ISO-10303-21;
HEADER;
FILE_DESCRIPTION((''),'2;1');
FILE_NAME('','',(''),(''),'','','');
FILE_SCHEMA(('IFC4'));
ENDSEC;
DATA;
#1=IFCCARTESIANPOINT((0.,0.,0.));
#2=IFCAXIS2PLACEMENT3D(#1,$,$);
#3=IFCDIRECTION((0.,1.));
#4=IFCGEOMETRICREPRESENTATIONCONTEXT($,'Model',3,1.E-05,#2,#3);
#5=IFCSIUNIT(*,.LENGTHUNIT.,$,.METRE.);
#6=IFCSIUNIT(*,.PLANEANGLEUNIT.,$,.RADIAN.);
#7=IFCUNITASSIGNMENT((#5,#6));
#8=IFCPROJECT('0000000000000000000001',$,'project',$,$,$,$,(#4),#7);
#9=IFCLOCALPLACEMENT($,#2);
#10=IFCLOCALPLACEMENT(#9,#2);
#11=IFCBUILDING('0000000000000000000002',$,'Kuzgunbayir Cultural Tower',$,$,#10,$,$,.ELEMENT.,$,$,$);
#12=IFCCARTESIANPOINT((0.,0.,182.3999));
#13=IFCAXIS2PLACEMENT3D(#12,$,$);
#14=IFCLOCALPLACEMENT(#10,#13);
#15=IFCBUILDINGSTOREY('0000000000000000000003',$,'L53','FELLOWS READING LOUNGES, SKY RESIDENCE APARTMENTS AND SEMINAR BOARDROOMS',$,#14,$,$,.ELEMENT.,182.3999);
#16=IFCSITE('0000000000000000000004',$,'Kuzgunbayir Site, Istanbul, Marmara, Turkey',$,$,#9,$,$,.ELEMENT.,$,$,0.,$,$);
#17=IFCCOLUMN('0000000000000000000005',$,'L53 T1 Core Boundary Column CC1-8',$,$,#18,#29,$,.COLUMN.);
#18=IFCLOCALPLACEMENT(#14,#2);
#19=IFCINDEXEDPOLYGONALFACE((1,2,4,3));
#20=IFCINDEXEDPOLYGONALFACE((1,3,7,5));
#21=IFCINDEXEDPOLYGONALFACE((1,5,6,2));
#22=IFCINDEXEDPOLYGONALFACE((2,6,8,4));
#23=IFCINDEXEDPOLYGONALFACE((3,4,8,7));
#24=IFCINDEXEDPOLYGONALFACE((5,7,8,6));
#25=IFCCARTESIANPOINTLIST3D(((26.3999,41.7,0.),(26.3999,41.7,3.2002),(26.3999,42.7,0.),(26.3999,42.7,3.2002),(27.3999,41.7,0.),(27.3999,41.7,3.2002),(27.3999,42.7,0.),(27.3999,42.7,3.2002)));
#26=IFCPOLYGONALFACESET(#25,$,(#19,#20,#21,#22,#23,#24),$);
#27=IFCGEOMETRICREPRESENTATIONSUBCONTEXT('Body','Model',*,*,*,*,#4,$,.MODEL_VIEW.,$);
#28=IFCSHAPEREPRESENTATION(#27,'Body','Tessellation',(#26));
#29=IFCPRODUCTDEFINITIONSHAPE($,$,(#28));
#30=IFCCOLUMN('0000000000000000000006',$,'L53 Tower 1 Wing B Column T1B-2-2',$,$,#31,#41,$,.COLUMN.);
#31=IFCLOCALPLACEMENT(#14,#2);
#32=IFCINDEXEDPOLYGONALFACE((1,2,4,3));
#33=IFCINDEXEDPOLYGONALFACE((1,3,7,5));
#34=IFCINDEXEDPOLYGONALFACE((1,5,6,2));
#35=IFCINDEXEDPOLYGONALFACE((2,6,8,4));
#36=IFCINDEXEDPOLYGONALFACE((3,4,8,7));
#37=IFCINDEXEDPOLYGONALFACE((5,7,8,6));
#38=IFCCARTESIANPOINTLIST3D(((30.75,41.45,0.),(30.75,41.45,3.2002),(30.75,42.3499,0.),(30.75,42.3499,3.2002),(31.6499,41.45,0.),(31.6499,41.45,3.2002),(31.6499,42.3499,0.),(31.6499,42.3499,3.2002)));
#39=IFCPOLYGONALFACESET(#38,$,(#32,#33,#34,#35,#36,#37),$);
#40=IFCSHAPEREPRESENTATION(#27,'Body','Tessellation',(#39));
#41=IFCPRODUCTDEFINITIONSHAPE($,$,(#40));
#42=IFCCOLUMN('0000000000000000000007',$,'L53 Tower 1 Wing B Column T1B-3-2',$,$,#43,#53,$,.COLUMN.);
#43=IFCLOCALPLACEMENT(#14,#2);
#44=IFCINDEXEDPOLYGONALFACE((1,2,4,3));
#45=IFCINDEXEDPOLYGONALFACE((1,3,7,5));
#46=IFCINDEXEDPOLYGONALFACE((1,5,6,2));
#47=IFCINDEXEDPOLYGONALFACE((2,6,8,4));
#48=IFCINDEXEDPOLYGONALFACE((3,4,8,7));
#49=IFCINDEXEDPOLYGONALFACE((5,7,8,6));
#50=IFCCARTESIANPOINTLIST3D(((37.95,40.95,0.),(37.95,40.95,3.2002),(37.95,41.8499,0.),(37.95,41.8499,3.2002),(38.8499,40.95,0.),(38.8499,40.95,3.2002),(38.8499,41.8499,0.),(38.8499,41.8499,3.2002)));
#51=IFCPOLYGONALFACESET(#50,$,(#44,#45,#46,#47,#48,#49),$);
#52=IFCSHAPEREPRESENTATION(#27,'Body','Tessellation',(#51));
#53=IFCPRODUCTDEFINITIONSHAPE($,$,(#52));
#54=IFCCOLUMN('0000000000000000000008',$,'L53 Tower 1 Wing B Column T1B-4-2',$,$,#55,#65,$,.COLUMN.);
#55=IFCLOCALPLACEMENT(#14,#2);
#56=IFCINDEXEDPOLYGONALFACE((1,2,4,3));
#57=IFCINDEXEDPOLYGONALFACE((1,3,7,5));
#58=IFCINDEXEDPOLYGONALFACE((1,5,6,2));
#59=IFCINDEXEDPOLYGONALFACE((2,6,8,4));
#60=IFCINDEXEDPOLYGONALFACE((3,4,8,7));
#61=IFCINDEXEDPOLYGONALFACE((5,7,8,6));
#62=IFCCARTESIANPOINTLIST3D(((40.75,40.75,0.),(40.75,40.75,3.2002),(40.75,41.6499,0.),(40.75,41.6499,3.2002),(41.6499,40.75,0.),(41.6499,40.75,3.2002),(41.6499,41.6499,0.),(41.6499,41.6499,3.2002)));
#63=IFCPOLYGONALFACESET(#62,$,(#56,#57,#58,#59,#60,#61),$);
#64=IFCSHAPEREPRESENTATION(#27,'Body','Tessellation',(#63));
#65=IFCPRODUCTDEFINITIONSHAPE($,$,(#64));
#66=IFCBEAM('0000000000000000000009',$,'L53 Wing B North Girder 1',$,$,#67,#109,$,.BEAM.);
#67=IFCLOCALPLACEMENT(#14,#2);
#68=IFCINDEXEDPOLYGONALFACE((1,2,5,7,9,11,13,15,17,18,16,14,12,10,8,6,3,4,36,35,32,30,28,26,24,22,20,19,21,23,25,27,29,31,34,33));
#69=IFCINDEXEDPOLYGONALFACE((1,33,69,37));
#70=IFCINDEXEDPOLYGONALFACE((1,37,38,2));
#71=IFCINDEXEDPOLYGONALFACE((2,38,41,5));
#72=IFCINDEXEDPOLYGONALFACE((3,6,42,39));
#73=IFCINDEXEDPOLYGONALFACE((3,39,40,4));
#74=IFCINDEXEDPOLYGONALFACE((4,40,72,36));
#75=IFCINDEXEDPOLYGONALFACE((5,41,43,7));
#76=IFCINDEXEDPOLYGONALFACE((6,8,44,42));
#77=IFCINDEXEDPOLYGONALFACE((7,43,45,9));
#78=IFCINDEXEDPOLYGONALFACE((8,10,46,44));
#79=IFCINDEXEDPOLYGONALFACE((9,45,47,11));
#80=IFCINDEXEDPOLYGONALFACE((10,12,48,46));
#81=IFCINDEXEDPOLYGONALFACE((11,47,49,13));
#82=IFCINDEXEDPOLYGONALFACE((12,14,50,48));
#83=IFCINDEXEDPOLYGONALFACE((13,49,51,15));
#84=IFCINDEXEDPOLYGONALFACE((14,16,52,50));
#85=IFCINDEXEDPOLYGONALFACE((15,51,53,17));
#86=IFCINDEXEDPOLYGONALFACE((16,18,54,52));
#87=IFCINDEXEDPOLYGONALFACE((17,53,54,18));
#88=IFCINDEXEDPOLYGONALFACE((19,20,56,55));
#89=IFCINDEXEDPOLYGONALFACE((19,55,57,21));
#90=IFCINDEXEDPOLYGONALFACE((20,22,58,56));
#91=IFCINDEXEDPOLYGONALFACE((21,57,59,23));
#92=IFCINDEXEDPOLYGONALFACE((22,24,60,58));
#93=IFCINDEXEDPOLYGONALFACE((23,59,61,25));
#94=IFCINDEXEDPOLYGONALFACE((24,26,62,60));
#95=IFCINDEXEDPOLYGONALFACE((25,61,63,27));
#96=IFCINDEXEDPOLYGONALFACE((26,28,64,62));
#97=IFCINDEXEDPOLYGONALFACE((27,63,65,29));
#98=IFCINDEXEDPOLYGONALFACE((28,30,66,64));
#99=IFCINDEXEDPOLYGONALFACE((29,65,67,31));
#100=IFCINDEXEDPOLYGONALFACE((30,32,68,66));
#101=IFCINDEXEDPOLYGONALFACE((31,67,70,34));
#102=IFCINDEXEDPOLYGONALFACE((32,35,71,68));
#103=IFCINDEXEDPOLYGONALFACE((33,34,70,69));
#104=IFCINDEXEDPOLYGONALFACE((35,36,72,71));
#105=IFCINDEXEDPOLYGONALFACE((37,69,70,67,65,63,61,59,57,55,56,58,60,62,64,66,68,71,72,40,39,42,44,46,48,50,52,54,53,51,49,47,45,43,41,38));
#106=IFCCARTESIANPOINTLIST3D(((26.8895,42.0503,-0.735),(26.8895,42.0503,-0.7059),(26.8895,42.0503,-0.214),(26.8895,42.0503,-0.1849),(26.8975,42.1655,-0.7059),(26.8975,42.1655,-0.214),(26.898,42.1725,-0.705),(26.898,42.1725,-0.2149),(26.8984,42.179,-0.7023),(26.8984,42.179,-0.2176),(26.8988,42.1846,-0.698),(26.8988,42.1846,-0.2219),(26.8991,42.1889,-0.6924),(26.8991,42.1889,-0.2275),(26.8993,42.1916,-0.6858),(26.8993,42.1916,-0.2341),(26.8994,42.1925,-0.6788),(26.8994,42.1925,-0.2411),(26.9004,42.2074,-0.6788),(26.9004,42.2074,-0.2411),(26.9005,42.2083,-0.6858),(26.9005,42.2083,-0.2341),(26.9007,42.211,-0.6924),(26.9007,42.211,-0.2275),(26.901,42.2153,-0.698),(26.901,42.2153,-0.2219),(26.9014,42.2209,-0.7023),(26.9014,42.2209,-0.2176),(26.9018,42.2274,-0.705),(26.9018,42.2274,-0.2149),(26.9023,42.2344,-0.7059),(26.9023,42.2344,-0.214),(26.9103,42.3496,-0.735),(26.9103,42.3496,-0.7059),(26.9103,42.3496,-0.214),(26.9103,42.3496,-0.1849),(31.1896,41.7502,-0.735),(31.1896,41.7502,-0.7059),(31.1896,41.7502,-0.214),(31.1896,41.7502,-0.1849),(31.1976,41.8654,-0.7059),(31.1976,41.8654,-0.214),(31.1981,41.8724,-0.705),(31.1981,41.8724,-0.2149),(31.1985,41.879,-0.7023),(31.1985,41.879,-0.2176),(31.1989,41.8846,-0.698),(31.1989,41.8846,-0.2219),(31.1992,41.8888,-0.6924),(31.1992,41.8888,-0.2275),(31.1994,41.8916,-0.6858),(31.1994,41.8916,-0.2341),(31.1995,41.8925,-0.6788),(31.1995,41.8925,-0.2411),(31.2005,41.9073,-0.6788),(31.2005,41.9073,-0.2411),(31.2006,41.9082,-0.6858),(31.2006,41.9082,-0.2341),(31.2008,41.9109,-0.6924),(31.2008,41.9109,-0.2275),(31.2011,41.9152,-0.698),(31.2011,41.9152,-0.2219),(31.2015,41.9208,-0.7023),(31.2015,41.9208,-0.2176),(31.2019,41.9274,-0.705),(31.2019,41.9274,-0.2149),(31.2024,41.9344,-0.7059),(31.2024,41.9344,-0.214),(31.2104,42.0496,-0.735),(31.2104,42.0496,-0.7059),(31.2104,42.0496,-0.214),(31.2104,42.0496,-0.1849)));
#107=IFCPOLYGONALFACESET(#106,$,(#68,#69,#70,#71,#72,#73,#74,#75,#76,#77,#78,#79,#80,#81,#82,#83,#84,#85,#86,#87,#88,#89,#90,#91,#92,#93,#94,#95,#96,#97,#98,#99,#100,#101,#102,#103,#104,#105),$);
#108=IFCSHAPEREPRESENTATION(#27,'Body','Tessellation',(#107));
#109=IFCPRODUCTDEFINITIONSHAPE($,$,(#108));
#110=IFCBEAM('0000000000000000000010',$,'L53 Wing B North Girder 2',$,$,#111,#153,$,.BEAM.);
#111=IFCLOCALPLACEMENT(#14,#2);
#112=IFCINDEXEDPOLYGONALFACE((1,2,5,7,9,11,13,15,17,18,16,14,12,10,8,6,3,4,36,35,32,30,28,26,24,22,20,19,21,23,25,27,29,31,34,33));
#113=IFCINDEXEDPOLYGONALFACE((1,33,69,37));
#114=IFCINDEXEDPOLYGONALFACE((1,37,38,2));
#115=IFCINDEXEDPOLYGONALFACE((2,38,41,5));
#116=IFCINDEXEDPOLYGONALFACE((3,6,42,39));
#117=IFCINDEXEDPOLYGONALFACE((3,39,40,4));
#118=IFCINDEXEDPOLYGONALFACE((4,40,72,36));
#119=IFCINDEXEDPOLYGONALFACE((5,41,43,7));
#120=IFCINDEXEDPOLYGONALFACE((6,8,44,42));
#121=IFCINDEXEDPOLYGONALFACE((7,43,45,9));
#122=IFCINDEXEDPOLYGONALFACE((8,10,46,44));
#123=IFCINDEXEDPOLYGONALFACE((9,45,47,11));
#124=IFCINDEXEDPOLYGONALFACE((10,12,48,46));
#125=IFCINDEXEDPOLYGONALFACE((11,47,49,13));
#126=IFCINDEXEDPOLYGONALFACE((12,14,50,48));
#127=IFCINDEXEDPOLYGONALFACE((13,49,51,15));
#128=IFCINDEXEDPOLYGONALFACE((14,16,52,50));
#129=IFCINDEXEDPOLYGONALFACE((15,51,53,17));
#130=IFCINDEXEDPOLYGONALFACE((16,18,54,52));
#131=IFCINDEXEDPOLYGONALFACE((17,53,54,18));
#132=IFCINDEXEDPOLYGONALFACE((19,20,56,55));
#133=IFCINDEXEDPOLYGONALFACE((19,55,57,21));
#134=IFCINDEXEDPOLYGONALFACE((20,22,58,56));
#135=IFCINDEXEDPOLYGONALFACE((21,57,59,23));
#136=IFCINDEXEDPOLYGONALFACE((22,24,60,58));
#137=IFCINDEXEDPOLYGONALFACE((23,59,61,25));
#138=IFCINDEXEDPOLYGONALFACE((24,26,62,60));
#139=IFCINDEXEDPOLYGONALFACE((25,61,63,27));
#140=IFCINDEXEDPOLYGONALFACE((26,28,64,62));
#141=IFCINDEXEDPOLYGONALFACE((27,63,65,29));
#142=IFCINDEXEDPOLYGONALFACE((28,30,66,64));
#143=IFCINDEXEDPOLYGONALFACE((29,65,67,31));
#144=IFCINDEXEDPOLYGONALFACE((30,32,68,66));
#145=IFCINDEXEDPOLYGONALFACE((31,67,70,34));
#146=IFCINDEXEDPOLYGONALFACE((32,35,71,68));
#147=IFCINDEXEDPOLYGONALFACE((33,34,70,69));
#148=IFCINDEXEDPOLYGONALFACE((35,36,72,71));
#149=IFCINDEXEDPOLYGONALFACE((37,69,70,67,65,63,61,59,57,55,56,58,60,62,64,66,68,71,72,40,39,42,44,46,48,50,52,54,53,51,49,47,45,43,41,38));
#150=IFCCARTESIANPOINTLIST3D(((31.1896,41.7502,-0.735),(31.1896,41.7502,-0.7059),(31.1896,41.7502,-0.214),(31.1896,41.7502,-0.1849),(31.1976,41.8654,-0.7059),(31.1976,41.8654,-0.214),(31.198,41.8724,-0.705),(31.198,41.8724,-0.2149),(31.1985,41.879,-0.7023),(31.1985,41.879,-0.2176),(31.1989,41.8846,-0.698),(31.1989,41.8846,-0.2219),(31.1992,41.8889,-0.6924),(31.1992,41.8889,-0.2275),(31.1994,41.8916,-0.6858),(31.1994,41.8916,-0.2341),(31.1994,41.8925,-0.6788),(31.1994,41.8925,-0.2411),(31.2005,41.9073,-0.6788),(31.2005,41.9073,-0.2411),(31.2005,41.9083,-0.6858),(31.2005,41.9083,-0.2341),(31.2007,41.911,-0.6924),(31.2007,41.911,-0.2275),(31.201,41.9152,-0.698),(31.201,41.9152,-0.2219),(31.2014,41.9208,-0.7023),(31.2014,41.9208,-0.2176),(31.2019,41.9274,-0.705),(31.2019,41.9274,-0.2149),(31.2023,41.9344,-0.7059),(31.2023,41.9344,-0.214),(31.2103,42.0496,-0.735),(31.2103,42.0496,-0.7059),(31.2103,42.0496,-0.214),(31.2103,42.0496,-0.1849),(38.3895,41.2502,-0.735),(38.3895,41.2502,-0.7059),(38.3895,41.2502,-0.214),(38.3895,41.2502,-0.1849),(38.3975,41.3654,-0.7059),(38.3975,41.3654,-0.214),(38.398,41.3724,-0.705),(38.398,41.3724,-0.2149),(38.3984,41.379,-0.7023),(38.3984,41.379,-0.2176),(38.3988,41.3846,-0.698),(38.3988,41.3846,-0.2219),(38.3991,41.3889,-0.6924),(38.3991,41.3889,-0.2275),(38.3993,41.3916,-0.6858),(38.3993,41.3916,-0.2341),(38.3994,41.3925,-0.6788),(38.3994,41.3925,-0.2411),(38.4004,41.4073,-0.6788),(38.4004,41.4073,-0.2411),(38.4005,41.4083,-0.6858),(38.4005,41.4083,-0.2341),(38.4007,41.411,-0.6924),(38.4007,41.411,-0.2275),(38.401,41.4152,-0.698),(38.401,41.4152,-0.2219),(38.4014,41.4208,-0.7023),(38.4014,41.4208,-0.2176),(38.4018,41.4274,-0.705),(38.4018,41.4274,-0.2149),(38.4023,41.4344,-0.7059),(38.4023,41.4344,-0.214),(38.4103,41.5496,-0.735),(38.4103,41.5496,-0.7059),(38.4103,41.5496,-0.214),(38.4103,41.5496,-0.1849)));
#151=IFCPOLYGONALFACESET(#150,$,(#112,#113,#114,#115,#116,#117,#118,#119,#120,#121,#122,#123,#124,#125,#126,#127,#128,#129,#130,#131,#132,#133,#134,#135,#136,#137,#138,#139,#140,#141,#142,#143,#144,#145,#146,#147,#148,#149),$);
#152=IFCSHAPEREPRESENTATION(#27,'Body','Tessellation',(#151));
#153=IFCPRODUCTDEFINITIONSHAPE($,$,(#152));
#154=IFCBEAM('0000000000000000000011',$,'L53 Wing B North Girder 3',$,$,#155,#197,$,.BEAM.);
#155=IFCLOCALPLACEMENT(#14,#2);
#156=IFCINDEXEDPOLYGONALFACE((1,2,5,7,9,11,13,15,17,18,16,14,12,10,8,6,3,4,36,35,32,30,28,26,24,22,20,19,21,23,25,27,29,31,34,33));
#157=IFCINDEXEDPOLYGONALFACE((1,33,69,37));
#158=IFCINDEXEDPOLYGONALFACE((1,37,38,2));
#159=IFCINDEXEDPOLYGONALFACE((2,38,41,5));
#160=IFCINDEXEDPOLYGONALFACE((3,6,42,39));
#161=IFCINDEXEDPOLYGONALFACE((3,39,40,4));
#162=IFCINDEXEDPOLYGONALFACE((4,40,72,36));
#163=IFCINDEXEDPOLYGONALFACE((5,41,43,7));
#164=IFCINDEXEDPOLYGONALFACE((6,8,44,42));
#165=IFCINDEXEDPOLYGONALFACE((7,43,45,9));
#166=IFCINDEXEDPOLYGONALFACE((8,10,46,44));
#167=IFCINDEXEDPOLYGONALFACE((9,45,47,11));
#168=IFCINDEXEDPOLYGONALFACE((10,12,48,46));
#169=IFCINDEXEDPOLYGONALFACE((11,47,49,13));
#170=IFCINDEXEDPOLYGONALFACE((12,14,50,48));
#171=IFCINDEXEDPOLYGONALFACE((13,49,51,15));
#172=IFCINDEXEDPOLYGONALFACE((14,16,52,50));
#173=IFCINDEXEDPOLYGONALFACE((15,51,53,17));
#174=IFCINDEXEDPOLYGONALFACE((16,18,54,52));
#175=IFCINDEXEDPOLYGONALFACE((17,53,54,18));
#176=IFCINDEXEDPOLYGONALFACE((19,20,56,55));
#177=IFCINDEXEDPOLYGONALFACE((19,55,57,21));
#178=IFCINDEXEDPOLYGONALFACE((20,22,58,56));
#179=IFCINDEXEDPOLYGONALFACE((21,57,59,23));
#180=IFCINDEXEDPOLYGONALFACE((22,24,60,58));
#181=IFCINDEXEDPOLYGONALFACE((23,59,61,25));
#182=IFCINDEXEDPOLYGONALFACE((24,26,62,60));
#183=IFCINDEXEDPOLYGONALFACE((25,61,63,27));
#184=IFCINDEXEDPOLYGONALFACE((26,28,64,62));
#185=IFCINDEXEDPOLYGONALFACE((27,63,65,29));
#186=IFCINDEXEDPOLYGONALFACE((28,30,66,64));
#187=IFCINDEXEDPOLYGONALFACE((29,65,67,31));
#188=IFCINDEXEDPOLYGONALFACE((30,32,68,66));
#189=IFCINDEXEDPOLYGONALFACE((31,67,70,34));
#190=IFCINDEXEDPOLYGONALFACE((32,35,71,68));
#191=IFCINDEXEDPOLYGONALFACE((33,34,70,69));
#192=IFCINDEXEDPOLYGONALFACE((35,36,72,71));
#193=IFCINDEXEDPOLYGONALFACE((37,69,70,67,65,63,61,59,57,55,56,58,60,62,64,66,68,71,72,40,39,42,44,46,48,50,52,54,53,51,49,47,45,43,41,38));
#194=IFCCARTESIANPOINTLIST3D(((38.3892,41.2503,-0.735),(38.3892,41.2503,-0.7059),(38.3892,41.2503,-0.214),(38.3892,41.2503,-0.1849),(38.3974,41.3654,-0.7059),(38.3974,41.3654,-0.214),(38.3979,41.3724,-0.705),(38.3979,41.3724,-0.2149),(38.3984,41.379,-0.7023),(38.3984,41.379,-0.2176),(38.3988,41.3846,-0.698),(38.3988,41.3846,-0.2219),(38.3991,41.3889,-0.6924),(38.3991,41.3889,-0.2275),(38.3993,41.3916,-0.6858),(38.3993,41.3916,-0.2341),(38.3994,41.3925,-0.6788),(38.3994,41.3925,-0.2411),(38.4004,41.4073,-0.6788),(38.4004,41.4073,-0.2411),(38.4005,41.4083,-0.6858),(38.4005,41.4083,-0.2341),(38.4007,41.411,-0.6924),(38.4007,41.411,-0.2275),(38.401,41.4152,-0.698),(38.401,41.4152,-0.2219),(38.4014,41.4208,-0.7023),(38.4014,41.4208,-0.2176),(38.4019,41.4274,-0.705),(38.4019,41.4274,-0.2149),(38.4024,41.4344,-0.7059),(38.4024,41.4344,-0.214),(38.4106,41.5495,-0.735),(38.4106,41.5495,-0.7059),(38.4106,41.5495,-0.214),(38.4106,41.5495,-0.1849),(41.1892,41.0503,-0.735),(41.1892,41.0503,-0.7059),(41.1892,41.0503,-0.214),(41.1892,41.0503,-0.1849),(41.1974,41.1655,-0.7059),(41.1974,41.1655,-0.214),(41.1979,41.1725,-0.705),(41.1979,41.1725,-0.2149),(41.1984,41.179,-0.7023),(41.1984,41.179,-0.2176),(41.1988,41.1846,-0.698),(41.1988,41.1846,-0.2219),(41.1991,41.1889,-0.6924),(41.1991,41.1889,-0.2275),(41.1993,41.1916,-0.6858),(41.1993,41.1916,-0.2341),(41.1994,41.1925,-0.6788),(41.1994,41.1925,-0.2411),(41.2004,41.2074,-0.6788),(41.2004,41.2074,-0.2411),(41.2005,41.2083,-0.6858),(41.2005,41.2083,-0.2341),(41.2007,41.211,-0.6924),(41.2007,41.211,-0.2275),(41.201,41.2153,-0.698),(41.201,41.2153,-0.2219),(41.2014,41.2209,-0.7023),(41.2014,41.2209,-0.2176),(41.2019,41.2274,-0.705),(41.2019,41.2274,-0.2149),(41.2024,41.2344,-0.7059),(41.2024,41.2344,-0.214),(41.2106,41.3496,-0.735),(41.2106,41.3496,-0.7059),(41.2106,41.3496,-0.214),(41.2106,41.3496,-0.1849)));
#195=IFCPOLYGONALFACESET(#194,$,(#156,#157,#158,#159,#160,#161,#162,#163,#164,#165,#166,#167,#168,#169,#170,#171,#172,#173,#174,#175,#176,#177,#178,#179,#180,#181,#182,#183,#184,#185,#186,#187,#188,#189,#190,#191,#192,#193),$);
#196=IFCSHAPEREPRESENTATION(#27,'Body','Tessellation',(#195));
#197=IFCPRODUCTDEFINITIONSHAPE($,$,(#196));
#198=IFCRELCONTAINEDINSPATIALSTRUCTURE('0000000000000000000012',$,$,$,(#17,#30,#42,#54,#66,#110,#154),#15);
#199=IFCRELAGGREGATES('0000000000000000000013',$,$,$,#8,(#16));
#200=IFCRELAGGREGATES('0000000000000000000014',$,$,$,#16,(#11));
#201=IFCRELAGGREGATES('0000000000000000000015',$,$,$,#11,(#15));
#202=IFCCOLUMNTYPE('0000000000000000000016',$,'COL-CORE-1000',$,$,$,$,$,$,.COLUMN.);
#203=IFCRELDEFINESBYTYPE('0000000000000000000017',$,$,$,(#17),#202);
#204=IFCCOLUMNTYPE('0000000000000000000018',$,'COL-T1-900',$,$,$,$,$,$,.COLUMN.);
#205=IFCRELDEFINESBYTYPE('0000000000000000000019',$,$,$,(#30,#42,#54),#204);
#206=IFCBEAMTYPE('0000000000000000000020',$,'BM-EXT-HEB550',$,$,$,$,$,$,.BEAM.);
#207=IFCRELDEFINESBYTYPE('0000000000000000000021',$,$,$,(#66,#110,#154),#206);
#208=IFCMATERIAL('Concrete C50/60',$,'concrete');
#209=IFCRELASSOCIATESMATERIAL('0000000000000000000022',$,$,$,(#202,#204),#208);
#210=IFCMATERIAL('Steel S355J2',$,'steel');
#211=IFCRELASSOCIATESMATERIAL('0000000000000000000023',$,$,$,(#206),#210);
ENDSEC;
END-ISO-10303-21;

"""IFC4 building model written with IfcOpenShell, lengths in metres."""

from ifc_helpers import new_model, si_unit, direction, frame, origin, origin_2d, place, context, subcontext, project, spatial, rectangle, i_section, extrude, material, material_profile, profile_set, type_object, element, save


model = new_model("IFC4")

# Units and contexts
model_context = context("Model", 3, precision=1e-05, world=origin(), true_north=direction((0.0, 1.0)))
body_context = subcontext(model_context, "Body", "Model", "MODEL_VIEW")
ifc_project = project(units=[si_unit("LENGTHUNIT", "METRE"), si_unit("PLANEANGLEUNIT", "RADIAN")], contexts=[model_context])

# Site, building, storey
site_placement = place(None, origin())
site = spatial("IfcSite", under=ifc_project, at=site_placement, Name="Kuzgunbayir Site, Istanbul, Marmara, Turkey", CompositionType="ELEMENT", RefElevation=0.0)
building_placement = place(site_placement, origin())
building = spatial("IfcBuilding", under=site, at=building_placement, Name="Kuzgunbayir Cultural Tower", CompositionType="ELEMENT")
storey_placement = place(building_placement, frame((0.0, 0.0, 182.3999)))
storey = spatial("IfcBuildingStorey", under=building, at=storey_placement, Name="L53", Description="FELLOWS READING LOUNGES, SKY RESIDENCE APARTMENTS AND SEMINAR BOARDROOMS", CompositionType="ELEMENT", Elevation=182.3999)

# Columns
ifc_material_1 = material(Name="Concrete C50/60", Category="concrete")
ifc_material_profile_1 = material_profile(ifc_material_1, rectangle(XDim=1.0, YDim=1.0, at=origin_2d()), Name="RC 1000x1000")
ifc_profile_set_1 = profile_set([ifc_material_profile_1], Name="Concrete C50/60")
column_type_1 = type_object("IfcColumnType", Name="COL-CORE-1000", PredefinedType="COLUMN", material=ifc_profile_set_1)
column_placement = place(storey_placement, frame((26.8999, 42.2, 0.0), z_axis=(0.0, 0.0, 1.0), x_axis=(1.0, 0.0, 0.0)))
element("IfcColumn", 1, at=column_placement, inside=storey, type_object=column_type_1, Name="L53 T1 Core Boundary Column CC1-8", PredefinedType="COLUMN", context=body_context, shape_type="SweptSolid", body=[
    extrude(rectangle(XDim=1.0, YDim=1.0, at=origin_2d()), origin(), (0.0, 0.0, 1.0), 3.2002),
])
ifc_material_profile_2 = material_profile(ifc_material_1, rectangle(XDim=0.8999, YDim=0.8999, at=origin_2d()), Name="RC 900x900")
ifc_profile_set_2 = profile_set([ifc_material_profile_2], Name="Concrete C50/60")
column_type_2 = type_object("IfcColumnType", Name="COL-T1-900", PredefinedType="COLUMN", material=ifc_profile_set_2)
for number, where, z_axis, x_axis, name in (
    (2, (31.2, 41.8999, 0.0), (0.0, 0.0, 1.0), (1.0, 0.0, 0.0), "L53 Tower 1 Wing B Column T1B-2-2"),
    (3, (38.3999, 41.3999, 0.0), (0.0, 0.0, 1.0), (1.0, 0.0, 0.0), "L53 Tower 1 Wing B Column T1B-3-2"),
    (4, (41.2, 41.2, 0.0), (0.0, 0.0, 1.0), (1.0, 0.0, 0.0), "L53 Tower 1 Wing B Column T1B-4-2"),
):
    element("IfcColumn", number, at=place(storey_placement, frame(where, z_axis=z_axis, x_axis=x_axis)), inside=storey, type_object=column_type_2, Name=name, PredefinedType="COLUMN", context=body_context, shape_type="SweptSolid", body=[
        extrude(rectangle(XDim=0.8999, YDim=0.8999, at=origin_2d()), origin(), (0.0, 0.0, 1.0), 3.2002),
    ])

# Beams
ifc_material_2 = material(Name="Steel S355J2", Category="steel")
ifc_material_profile_3 = material_profile(ifc_material_2, i_section(OverallWidth=0.3, OverallDepth=0.55, WebThickness=0.0149, FlangeThickness=0.0291, FilletRadius=0.0271, at=origin_2d()), Name="HEB 550")
ifc_profile_set_3 = profile_set([ifc_material_profile_3], Name="Steel S355J2")
beam_type_1 = type_object("IfcBeamType", Name="BM-EXT-HEB550", PredefinedType="BEAM", material=ifc_profile_set_3)
beam_1_placement = place(storey_placement, frame((26.8999, 42.2, -0.46), z_axis=(0.997574, -0.069609, 0.0), x_axis=(0.069609, 0.997574, 0.0)))
element("IfcBeam", 5, at=beam_1_placement, inside=storey, type_object=beam_type_1, Name="L53 Wing B North Girder 1", PredefinedType="BEAM", context=body_context, shape_type="SweptSolid", body=[
    extrude(i_section(OverallWidth=0.3, OverallDepth=0.55, WebThickness=0.0149, FlangeThickness=0.0291, FilletRadius=0.0271, at=origin_2d()), origin(), (0.0, 0.0, 1.0), 4.3105),
])
beam_2_placement = place(storey_placement, frame((31.2, 41.8999, -0.46), z_axis=(0.997597, -0.069278, 0.0), x_axis=(0.069278, 0.997597, 0.0)))
element("IfcBeam", 6, at=beam_2_placement, inside=storey, type_object=beam_type_1, Name="L53 Wing B North Girder 2", PredefinedType="BEAM", context=body_context, shape_type="SweptSolid", body=[
    extrude(i_section(OverallWidth=0.3, OverallDepth=0.55, WebThickness=0.0149, FlangeThickness=0.0291, FilletRadius=0.0271, at=origin_2d()), origin(), (0.0, 0.0, 1.0), 7.2173),
])
beam_3_placement = place(storey_placement, frame((38.3999, 41.3999, -0.46), z_axis=(0.99746, -0.071229, 0.0), x_axis=(0.071229, 0.99746, 0.0)))
element("IfcBeam", 7, at=beam_3_placement, inside=storey, type_object=beam_type_1, Name="L53 Wing B North Girder 3", PredefinedType="BEAM", context=body_context, shape_type="SweptSolid", body=[
    extrude(i_section(OverallWidth=0.3, OverallDepth=0.55, WebThickness=0.0149, FlangeThickness=0.0291, FilletRadius=0.0271, at=origin_2d()), origin(), (0.0, 0.0, 1.0), 2.8071),
])

save(model, "model.ifc")
